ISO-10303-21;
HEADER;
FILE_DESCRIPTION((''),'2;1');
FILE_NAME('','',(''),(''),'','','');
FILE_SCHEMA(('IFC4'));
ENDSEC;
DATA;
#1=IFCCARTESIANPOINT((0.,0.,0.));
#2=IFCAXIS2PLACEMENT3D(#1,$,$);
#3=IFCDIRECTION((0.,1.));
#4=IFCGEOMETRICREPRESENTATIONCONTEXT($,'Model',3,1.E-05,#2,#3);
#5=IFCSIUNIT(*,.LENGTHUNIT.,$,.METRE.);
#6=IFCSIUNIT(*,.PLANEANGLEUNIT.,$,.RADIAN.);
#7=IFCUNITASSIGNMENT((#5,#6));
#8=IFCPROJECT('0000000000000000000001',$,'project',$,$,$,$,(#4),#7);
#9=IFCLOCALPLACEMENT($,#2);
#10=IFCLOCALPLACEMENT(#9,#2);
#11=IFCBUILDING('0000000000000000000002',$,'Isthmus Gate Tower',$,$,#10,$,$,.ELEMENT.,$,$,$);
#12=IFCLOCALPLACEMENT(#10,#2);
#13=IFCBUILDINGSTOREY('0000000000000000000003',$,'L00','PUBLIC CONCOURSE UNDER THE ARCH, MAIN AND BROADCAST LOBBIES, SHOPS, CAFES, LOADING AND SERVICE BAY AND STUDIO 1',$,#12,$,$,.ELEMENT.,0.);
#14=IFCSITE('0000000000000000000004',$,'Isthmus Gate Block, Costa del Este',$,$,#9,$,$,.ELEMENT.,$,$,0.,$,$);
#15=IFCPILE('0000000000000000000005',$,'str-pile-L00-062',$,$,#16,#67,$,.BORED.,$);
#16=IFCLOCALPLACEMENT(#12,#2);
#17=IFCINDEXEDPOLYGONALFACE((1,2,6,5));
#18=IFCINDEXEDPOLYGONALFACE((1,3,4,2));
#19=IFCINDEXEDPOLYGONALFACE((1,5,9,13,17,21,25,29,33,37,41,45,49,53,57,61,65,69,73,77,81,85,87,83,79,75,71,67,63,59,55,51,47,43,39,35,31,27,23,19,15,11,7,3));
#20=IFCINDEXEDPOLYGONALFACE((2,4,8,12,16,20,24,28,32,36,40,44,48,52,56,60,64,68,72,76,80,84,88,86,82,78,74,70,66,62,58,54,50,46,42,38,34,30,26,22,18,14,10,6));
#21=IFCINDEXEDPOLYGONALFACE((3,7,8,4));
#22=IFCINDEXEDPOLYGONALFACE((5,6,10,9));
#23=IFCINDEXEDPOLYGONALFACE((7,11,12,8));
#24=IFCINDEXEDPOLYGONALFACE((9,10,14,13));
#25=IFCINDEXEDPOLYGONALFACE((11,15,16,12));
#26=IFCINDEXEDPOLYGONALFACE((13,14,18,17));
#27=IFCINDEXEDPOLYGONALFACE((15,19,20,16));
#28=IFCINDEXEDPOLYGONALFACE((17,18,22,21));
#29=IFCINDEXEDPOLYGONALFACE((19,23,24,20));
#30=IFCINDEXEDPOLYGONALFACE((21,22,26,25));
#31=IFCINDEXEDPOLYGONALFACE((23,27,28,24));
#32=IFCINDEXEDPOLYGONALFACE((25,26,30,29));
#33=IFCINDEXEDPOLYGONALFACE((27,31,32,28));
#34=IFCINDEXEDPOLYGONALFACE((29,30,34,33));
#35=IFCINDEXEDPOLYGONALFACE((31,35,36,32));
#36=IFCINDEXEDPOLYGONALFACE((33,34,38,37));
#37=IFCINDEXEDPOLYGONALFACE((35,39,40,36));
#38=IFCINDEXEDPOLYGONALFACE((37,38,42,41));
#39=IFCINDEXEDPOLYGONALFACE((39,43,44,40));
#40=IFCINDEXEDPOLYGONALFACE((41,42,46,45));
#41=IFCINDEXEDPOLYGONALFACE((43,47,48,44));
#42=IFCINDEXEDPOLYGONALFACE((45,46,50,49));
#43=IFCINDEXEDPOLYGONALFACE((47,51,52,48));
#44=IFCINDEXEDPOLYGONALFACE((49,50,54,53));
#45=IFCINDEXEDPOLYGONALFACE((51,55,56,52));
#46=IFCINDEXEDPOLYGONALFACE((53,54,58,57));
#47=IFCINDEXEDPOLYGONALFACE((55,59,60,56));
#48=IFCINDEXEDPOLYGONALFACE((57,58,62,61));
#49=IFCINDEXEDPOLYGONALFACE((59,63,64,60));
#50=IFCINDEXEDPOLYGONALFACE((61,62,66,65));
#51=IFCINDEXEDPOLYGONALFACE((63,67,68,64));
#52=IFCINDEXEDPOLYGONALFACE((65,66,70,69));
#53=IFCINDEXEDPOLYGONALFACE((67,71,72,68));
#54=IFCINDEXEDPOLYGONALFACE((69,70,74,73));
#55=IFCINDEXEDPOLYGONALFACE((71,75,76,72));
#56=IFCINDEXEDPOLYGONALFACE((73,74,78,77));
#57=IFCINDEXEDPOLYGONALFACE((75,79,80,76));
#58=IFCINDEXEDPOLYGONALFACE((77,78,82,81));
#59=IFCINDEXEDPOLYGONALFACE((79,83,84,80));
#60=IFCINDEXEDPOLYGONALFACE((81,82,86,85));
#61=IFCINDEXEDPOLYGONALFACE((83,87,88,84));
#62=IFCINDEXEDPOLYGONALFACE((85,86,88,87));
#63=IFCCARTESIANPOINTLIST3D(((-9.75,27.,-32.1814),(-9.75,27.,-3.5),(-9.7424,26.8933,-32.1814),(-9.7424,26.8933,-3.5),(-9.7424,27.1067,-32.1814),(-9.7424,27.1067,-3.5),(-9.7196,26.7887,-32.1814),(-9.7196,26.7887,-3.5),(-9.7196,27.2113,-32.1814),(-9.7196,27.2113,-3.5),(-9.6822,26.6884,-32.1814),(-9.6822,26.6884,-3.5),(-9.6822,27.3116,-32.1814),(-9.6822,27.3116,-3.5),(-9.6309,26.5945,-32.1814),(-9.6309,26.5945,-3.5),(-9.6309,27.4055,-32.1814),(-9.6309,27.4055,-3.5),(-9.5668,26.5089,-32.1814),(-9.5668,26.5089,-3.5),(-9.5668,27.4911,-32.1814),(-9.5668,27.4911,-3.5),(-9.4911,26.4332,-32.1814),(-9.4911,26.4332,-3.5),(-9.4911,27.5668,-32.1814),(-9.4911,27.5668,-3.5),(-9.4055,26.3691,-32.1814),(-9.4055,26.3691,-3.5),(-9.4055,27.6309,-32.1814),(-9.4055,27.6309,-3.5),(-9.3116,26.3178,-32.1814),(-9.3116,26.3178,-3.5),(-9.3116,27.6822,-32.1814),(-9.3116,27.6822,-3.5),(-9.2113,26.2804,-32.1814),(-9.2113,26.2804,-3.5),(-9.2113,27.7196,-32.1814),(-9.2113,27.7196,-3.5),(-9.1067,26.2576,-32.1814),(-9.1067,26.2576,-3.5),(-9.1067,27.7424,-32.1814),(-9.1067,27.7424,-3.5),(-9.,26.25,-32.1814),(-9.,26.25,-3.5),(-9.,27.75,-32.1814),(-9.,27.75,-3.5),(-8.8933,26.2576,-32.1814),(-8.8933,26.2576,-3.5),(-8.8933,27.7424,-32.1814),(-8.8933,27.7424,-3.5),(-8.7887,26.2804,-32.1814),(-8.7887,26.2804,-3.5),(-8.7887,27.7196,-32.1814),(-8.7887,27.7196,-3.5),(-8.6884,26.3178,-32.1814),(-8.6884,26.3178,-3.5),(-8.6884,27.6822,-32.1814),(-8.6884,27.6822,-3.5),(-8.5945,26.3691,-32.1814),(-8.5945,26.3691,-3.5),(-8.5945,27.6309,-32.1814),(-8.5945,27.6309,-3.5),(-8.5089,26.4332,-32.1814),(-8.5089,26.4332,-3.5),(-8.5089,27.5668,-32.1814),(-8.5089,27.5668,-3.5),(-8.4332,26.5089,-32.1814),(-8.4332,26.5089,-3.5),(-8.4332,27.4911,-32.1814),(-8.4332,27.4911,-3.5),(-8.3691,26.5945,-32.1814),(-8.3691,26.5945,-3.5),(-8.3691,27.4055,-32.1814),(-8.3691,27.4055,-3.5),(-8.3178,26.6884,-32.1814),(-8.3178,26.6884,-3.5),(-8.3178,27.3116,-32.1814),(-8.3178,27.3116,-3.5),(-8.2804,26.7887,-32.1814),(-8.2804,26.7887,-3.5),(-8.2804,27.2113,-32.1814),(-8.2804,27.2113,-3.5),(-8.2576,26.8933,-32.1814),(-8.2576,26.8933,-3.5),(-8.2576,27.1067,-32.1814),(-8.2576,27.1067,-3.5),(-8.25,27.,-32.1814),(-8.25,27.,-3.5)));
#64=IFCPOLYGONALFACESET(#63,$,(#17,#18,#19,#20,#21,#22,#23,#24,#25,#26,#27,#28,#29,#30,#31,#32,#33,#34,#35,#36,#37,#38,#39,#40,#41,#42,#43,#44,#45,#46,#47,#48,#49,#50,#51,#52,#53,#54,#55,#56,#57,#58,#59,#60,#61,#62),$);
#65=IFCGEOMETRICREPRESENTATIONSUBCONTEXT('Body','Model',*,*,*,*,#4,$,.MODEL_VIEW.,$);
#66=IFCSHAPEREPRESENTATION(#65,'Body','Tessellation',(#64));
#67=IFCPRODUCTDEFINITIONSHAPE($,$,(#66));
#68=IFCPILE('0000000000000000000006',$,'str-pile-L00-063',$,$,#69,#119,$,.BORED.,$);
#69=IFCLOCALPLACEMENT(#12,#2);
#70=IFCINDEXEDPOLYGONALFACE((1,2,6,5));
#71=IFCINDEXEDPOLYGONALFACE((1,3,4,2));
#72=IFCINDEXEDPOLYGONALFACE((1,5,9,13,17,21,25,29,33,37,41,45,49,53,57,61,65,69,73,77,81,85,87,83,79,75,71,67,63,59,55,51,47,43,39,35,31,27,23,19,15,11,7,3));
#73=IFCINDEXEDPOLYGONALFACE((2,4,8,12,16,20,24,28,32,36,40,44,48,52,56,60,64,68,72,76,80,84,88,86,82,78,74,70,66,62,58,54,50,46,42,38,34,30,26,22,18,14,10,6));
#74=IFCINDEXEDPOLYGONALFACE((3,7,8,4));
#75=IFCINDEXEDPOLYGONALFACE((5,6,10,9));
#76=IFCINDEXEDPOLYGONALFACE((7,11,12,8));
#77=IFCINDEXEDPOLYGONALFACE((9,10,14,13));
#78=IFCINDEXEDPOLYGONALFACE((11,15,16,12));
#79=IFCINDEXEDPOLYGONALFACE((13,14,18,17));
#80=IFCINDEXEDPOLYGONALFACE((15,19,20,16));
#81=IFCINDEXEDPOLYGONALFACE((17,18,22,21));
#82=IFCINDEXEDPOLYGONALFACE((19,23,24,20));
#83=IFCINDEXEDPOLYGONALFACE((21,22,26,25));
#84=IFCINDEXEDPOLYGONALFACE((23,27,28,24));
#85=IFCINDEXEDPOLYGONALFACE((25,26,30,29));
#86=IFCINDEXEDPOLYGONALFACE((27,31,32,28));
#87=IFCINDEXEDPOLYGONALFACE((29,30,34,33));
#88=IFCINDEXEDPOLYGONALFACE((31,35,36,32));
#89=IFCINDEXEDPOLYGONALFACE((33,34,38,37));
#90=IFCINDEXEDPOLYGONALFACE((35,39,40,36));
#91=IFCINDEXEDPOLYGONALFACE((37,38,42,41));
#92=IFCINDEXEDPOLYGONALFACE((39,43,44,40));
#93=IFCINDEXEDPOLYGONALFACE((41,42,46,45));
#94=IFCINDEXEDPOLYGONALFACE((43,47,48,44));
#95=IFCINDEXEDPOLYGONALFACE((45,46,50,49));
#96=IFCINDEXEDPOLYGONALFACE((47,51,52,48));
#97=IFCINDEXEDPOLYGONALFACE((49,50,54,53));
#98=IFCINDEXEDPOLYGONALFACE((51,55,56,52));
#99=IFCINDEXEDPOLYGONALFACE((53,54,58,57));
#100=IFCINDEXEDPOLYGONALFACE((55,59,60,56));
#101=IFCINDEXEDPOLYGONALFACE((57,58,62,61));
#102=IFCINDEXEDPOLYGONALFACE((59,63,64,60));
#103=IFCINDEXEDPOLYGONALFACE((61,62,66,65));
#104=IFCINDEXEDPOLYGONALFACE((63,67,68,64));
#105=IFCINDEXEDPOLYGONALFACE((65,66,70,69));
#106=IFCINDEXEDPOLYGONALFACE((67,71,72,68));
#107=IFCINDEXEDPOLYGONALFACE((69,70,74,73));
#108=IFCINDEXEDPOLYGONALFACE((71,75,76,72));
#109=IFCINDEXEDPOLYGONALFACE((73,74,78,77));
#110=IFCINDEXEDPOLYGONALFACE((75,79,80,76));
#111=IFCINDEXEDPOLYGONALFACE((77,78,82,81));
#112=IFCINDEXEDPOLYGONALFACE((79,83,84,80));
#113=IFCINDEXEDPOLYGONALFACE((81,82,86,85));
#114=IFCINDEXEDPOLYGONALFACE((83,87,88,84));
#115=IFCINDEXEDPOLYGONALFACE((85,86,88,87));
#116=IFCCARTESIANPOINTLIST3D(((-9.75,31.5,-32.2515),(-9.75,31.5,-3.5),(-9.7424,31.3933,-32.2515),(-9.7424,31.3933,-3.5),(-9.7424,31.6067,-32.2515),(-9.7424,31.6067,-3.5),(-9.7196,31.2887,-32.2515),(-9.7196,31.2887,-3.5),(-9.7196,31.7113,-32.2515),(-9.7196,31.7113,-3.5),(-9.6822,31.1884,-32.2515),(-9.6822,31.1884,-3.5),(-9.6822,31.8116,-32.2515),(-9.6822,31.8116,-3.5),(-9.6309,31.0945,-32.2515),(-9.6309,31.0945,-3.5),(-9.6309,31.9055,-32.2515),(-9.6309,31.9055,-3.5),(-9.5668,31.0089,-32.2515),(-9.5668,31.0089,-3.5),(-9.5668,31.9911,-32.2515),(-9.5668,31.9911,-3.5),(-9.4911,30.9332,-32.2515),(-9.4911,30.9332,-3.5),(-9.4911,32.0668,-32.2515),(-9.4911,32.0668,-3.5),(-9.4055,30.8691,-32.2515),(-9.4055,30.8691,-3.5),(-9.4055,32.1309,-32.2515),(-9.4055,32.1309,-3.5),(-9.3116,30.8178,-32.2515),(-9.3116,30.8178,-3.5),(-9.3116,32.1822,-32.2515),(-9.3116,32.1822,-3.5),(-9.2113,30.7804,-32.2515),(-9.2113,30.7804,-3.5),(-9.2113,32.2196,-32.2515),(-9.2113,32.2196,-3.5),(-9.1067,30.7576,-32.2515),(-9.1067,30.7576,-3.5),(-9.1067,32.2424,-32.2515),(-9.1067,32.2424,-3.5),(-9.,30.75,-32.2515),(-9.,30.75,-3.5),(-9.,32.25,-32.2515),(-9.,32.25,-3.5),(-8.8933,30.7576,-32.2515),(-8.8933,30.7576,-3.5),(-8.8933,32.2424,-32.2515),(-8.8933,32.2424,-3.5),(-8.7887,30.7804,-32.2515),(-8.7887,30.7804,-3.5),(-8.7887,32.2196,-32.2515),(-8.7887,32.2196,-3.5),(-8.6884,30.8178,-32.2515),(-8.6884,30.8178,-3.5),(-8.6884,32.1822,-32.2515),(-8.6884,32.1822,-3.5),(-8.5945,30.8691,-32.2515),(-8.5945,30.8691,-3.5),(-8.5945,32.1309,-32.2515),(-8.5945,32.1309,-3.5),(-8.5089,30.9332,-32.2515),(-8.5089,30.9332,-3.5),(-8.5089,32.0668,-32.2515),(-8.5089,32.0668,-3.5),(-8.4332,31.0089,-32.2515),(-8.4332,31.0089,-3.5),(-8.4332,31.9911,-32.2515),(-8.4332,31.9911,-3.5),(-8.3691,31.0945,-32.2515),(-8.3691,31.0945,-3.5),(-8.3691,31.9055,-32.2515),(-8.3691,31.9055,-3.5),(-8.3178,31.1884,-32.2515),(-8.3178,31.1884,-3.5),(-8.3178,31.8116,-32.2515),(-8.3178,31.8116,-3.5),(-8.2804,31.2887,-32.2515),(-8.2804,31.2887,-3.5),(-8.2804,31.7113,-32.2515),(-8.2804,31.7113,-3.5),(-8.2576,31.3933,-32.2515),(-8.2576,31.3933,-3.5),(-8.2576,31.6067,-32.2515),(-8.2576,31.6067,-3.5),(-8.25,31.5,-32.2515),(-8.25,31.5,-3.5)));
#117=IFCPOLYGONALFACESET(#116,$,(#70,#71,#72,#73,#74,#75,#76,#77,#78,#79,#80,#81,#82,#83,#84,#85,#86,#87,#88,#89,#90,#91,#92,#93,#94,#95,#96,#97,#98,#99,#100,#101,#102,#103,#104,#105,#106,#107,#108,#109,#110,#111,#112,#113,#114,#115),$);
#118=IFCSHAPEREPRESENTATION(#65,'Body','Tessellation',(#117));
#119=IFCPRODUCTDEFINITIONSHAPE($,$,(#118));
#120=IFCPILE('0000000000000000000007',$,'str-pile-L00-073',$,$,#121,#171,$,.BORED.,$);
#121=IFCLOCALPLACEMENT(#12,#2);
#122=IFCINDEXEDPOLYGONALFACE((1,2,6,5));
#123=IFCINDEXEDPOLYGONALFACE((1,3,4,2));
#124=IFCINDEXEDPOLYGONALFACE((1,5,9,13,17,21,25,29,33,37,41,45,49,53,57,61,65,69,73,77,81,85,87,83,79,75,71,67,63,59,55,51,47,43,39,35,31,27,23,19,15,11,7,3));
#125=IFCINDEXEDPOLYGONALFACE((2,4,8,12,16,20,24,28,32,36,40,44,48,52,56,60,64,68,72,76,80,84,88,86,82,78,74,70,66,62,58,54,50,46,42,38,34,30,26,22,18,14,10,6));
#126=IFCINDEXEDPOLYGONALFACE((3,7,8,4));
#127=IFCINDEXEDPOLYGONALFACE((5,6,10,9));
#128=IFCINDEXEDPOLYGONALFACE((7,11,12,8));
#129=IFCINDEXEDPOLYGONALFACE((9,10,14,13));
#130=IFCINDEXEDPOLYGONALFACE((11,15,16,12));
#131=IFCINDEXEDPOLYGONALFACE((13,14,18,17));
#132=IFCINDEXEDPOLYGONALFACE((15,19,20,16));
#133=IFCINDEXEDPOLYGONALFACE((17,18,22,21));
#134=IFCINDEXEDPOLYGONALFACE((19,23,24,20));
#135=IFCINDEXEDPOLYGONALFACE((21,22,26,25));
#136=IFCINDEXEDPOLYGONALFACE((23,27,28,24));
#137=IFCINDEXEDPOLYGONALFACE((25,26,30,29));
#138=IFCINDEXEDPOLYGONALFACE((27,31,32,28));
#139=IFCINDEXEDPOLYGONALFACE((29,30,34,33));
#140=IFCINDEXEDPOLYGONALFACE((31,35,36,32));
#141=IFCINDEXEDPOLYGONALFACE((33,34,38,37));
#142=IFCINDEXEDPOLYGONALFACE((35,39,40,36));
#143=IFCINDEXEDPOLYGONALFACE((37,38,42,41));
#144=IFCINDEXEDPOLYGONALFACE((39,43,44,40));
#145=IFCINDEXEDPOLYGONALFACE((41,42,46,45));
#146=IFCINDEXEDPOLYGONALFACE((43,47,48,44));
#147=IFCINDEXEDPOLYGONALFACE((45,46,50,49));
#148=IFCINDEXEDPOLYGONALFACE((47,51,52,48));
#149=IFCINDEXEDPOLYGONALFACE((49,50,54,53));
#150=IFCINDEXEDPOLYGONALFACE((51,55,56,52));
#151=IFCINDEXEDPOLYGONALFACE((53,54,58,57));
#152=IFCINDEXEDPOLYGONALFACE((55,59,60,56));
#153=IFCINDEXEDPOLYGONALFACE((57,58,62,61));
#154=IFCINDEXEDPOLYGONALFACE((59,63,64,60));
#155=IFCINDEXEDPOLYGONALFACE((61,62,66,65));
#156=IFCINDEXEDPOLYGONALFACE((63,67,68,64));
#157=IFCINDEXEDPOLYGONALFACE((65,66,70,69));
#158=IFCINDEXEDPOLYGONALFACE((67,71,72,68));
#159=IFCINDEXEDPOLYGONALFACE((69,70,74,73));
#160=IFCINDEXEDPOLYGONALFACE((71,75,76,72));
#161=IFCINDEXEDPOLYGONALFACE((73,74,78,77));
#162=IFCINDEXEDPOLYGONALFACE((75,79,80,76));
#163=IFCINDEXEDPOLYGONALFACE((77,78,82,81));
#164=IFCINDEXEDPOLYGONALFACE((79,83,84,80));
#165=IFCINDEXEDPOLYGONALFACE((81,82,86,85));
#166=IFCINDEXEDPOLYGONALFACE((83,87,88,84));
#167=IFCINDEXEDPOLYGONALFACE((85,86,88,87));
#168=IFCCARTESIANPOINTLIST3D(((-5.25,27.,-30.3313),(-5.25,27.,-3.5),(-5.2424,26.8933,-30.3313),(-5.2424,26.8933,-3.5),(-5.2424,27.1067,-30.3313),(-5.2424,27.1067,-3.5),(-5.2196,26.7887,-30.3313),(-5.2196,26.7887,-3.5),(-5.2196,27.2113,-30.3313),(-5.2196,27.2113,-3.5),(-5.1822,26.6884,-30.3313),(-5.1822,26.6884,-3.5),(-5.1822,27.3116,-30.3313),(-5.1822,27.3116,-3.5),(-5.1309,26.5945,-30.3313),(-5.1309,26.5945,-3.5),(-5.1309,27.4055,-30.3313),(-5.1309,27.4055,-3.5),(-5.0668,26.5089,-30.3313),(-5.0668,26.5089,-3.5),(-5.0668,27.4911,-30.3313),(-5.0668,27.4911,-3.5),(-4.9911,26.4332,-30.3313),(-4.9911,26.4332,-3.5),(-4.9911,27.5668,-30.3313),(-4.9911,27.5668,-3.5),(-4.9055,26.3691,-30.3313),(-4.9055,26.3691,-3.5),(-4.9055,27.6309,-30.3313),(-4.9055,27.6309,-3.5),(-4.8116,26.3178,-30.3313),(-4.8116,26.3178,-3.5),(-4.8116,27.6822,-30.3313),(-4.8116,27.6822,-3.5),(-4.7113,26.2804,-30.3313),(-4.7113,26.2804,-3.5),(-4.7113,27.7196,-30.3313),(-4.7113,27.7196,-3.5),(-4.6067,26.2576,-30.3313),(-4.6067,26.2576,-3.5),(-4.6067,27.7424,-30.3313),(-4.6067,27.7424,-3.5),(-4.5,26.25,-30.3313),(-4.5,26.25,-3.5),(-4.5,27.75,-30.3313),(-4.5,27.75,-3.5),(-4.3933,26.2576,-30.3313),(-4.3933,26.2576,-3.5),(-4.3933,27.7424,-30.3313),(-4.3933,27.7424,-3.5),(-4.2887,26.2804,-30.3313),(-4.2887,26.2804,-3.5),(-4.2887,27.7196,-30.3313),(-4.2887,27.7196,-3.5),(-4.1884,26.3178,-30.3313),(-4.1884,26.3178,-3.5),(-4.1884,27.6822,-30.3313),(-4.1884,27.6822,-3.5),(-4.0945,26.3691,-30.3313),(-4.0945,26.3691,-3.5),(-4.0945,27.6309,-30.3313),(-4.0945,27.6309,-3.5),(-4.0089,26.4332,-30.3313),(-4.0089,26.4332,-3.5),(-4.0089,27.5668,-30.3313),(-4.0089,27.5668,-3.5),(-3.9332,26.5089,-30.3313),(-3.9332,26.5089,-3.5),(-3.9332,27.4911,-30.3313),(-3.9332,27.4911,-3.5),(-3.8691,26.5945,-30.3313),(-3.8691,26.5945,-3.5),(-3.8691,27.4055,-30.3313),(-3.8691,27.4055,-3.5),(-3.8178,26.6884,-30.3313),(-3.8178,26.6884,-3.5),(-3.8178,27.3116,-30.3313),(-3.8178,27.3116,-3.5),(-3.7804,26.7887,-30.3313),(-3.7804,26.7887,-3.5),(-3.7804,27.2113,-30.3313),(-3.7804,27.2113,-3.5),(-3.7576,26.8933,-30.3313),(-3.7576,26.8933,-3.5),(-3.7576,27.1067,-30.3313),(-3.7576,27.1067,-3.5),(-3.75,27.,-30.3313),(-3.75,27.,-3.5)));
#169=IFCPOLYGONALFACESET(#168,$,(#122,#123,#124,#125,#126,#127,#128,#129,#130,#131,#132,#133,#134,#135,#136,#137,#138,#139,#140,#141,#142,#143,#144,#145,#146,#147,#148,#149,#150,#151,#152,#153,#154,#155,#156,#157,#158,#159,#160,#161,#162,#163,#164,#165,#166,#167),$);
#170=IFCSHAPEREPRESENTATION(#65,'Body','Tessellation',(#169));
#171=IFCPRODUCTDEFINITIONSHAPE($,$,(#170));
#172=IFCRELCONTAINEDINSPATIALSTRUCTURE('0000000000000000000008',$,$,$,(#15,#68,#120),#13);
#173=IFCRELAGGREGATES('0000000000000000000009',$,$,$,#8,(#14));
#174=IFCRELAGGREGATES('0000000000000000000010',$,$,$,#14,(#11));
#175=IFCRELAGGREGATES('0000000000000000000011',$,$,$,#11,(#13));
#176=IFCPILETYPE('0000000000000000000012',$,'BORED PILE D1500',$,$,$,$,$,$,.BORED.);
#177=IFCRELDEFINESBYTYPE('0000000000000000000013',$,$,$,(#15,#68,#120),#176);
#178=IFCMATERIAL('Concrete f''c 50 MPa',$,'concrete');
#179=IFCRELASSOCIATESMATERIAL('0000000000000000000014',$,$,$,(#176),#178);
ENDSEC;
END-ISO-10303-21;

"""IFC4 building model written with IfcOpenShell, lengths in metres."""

from ifc_helpers import new_model, si_unit, direction, frame, origin, origin_2d, place, context, subcontext, project, spatial, circle, extrude, material, material_profile, profile_set, type_object, element, save


model = new_model("IFC4")

# Units and contexts
model_context = context("Model", 3, precision=1e-05, world=origin(), true_north=direction((0.0, 1.0)))
body_context = subcontext(model_context, "Body", "Model", "MODEL_VIEW")
ifc_project = project(units=[si_unit("LENGTHUNIT", "METRE"), si_unit("PLANEANGLEUNIT", "RADIAN")], contexts=[model_context])

# Site, building, storey
site_placement = place(None, origin())
site = spatial("IfcSite", under=ifc_project, at=site_placement, Name="Isthmus Gate Block, Costa del Este", CompositionType="ELEMENT", RefElevation=0.0)
building_placement = place(site_placement, origin())
building = spatial("IfcBuilding", under=site, at=building_placement, Name="Isthmus Gate Tower", CompositionType="ELEMENT")
storey_placement = place(building_placement, origin())
storey = spatial("IfcBuildingStorey", under=building, at=storey_placement, Name="L00", Description="PUBLIC CONCOURSE UNDER THE ARCH, MAIN AND BROADCAST LOBBIES, SHOPS, CAFES, LOADING AND SERVICE BAY AND STUDIO 1", CompositionType="ELEMENT", Elevation=0.0)

# Piles
ifc_material_1 = material(Name="Concrete f'c 50 MPa", Category="concrete")
ifc_material_profile_1 = material_profile(ifc_material_1, circle(Radius=0.75, at=origin_2d()), Name="D1500")
ifc_profile_set_1 = profile_set([ifc_material_profile_1], Name="Concrete f'c 50 MPa")
pile_type_1 = type_object("IfcPileType", Name="BORED PILE D1500", PredefinedType="BORED", material=ifc_profile_set_1)
pile_1_placement = place(storey_placement, frame((-9.0, 27.0, -3.5), z_axis=(0.0, 0.0, -1.0), x_axis=(1.0, 0.0, 0.0)))
element("IfcPile", 1, at=pile_1_placement, inside=storey, type_object=pile_type_1, Name="str-pile-L00-062", PredefinedType="BORED", context=body_context, shape_type="SweptSolid", body=[
    extrude(circle(Radius=0.75, at=origin_2d()), origin(), (0.0, 0.0, 1.0), 28.6814),
])
pile_2_placement = place(storey_placement, frame((-9.0, 31.5, -3.5), z_axis=(0.0, 0.0, -1.0), x_axis=(1.0, 0.0, 0.0)))
element("IfcPile", 2, at=pile_2_placement, inside=storey, type_object=pile_type_1, Name="str-pile-L00-063", PredefinedType="BORED", context=body_context, shape_type="SweptSolid", body=[
    extrude(circle(Radius=0.75, at=origin_2d()), origin(), (0.0, 0.0, 1.0), 28.7515),
])
pile_3_placement = place(storey_placement, frame((-4.5, 27.0, -3.5), z_axis=(0.0, 0.0, -1.0), x_axis=(1.0, 0.0, 0.0)))
element("IfcPile", 3, at=pile_3_placement, inside=storey, type_object=pile_type_1, Name="str-pile-L00-073", PredefinedType="BORED", context=body_context, shape_type="SweptSolid", body=[
    extrude(circle(Radius=0.75, at=origin_2d()), origin(), (0.0, 0.0, 1.0), 26.8313),
])

save(model, "model.ifc")
